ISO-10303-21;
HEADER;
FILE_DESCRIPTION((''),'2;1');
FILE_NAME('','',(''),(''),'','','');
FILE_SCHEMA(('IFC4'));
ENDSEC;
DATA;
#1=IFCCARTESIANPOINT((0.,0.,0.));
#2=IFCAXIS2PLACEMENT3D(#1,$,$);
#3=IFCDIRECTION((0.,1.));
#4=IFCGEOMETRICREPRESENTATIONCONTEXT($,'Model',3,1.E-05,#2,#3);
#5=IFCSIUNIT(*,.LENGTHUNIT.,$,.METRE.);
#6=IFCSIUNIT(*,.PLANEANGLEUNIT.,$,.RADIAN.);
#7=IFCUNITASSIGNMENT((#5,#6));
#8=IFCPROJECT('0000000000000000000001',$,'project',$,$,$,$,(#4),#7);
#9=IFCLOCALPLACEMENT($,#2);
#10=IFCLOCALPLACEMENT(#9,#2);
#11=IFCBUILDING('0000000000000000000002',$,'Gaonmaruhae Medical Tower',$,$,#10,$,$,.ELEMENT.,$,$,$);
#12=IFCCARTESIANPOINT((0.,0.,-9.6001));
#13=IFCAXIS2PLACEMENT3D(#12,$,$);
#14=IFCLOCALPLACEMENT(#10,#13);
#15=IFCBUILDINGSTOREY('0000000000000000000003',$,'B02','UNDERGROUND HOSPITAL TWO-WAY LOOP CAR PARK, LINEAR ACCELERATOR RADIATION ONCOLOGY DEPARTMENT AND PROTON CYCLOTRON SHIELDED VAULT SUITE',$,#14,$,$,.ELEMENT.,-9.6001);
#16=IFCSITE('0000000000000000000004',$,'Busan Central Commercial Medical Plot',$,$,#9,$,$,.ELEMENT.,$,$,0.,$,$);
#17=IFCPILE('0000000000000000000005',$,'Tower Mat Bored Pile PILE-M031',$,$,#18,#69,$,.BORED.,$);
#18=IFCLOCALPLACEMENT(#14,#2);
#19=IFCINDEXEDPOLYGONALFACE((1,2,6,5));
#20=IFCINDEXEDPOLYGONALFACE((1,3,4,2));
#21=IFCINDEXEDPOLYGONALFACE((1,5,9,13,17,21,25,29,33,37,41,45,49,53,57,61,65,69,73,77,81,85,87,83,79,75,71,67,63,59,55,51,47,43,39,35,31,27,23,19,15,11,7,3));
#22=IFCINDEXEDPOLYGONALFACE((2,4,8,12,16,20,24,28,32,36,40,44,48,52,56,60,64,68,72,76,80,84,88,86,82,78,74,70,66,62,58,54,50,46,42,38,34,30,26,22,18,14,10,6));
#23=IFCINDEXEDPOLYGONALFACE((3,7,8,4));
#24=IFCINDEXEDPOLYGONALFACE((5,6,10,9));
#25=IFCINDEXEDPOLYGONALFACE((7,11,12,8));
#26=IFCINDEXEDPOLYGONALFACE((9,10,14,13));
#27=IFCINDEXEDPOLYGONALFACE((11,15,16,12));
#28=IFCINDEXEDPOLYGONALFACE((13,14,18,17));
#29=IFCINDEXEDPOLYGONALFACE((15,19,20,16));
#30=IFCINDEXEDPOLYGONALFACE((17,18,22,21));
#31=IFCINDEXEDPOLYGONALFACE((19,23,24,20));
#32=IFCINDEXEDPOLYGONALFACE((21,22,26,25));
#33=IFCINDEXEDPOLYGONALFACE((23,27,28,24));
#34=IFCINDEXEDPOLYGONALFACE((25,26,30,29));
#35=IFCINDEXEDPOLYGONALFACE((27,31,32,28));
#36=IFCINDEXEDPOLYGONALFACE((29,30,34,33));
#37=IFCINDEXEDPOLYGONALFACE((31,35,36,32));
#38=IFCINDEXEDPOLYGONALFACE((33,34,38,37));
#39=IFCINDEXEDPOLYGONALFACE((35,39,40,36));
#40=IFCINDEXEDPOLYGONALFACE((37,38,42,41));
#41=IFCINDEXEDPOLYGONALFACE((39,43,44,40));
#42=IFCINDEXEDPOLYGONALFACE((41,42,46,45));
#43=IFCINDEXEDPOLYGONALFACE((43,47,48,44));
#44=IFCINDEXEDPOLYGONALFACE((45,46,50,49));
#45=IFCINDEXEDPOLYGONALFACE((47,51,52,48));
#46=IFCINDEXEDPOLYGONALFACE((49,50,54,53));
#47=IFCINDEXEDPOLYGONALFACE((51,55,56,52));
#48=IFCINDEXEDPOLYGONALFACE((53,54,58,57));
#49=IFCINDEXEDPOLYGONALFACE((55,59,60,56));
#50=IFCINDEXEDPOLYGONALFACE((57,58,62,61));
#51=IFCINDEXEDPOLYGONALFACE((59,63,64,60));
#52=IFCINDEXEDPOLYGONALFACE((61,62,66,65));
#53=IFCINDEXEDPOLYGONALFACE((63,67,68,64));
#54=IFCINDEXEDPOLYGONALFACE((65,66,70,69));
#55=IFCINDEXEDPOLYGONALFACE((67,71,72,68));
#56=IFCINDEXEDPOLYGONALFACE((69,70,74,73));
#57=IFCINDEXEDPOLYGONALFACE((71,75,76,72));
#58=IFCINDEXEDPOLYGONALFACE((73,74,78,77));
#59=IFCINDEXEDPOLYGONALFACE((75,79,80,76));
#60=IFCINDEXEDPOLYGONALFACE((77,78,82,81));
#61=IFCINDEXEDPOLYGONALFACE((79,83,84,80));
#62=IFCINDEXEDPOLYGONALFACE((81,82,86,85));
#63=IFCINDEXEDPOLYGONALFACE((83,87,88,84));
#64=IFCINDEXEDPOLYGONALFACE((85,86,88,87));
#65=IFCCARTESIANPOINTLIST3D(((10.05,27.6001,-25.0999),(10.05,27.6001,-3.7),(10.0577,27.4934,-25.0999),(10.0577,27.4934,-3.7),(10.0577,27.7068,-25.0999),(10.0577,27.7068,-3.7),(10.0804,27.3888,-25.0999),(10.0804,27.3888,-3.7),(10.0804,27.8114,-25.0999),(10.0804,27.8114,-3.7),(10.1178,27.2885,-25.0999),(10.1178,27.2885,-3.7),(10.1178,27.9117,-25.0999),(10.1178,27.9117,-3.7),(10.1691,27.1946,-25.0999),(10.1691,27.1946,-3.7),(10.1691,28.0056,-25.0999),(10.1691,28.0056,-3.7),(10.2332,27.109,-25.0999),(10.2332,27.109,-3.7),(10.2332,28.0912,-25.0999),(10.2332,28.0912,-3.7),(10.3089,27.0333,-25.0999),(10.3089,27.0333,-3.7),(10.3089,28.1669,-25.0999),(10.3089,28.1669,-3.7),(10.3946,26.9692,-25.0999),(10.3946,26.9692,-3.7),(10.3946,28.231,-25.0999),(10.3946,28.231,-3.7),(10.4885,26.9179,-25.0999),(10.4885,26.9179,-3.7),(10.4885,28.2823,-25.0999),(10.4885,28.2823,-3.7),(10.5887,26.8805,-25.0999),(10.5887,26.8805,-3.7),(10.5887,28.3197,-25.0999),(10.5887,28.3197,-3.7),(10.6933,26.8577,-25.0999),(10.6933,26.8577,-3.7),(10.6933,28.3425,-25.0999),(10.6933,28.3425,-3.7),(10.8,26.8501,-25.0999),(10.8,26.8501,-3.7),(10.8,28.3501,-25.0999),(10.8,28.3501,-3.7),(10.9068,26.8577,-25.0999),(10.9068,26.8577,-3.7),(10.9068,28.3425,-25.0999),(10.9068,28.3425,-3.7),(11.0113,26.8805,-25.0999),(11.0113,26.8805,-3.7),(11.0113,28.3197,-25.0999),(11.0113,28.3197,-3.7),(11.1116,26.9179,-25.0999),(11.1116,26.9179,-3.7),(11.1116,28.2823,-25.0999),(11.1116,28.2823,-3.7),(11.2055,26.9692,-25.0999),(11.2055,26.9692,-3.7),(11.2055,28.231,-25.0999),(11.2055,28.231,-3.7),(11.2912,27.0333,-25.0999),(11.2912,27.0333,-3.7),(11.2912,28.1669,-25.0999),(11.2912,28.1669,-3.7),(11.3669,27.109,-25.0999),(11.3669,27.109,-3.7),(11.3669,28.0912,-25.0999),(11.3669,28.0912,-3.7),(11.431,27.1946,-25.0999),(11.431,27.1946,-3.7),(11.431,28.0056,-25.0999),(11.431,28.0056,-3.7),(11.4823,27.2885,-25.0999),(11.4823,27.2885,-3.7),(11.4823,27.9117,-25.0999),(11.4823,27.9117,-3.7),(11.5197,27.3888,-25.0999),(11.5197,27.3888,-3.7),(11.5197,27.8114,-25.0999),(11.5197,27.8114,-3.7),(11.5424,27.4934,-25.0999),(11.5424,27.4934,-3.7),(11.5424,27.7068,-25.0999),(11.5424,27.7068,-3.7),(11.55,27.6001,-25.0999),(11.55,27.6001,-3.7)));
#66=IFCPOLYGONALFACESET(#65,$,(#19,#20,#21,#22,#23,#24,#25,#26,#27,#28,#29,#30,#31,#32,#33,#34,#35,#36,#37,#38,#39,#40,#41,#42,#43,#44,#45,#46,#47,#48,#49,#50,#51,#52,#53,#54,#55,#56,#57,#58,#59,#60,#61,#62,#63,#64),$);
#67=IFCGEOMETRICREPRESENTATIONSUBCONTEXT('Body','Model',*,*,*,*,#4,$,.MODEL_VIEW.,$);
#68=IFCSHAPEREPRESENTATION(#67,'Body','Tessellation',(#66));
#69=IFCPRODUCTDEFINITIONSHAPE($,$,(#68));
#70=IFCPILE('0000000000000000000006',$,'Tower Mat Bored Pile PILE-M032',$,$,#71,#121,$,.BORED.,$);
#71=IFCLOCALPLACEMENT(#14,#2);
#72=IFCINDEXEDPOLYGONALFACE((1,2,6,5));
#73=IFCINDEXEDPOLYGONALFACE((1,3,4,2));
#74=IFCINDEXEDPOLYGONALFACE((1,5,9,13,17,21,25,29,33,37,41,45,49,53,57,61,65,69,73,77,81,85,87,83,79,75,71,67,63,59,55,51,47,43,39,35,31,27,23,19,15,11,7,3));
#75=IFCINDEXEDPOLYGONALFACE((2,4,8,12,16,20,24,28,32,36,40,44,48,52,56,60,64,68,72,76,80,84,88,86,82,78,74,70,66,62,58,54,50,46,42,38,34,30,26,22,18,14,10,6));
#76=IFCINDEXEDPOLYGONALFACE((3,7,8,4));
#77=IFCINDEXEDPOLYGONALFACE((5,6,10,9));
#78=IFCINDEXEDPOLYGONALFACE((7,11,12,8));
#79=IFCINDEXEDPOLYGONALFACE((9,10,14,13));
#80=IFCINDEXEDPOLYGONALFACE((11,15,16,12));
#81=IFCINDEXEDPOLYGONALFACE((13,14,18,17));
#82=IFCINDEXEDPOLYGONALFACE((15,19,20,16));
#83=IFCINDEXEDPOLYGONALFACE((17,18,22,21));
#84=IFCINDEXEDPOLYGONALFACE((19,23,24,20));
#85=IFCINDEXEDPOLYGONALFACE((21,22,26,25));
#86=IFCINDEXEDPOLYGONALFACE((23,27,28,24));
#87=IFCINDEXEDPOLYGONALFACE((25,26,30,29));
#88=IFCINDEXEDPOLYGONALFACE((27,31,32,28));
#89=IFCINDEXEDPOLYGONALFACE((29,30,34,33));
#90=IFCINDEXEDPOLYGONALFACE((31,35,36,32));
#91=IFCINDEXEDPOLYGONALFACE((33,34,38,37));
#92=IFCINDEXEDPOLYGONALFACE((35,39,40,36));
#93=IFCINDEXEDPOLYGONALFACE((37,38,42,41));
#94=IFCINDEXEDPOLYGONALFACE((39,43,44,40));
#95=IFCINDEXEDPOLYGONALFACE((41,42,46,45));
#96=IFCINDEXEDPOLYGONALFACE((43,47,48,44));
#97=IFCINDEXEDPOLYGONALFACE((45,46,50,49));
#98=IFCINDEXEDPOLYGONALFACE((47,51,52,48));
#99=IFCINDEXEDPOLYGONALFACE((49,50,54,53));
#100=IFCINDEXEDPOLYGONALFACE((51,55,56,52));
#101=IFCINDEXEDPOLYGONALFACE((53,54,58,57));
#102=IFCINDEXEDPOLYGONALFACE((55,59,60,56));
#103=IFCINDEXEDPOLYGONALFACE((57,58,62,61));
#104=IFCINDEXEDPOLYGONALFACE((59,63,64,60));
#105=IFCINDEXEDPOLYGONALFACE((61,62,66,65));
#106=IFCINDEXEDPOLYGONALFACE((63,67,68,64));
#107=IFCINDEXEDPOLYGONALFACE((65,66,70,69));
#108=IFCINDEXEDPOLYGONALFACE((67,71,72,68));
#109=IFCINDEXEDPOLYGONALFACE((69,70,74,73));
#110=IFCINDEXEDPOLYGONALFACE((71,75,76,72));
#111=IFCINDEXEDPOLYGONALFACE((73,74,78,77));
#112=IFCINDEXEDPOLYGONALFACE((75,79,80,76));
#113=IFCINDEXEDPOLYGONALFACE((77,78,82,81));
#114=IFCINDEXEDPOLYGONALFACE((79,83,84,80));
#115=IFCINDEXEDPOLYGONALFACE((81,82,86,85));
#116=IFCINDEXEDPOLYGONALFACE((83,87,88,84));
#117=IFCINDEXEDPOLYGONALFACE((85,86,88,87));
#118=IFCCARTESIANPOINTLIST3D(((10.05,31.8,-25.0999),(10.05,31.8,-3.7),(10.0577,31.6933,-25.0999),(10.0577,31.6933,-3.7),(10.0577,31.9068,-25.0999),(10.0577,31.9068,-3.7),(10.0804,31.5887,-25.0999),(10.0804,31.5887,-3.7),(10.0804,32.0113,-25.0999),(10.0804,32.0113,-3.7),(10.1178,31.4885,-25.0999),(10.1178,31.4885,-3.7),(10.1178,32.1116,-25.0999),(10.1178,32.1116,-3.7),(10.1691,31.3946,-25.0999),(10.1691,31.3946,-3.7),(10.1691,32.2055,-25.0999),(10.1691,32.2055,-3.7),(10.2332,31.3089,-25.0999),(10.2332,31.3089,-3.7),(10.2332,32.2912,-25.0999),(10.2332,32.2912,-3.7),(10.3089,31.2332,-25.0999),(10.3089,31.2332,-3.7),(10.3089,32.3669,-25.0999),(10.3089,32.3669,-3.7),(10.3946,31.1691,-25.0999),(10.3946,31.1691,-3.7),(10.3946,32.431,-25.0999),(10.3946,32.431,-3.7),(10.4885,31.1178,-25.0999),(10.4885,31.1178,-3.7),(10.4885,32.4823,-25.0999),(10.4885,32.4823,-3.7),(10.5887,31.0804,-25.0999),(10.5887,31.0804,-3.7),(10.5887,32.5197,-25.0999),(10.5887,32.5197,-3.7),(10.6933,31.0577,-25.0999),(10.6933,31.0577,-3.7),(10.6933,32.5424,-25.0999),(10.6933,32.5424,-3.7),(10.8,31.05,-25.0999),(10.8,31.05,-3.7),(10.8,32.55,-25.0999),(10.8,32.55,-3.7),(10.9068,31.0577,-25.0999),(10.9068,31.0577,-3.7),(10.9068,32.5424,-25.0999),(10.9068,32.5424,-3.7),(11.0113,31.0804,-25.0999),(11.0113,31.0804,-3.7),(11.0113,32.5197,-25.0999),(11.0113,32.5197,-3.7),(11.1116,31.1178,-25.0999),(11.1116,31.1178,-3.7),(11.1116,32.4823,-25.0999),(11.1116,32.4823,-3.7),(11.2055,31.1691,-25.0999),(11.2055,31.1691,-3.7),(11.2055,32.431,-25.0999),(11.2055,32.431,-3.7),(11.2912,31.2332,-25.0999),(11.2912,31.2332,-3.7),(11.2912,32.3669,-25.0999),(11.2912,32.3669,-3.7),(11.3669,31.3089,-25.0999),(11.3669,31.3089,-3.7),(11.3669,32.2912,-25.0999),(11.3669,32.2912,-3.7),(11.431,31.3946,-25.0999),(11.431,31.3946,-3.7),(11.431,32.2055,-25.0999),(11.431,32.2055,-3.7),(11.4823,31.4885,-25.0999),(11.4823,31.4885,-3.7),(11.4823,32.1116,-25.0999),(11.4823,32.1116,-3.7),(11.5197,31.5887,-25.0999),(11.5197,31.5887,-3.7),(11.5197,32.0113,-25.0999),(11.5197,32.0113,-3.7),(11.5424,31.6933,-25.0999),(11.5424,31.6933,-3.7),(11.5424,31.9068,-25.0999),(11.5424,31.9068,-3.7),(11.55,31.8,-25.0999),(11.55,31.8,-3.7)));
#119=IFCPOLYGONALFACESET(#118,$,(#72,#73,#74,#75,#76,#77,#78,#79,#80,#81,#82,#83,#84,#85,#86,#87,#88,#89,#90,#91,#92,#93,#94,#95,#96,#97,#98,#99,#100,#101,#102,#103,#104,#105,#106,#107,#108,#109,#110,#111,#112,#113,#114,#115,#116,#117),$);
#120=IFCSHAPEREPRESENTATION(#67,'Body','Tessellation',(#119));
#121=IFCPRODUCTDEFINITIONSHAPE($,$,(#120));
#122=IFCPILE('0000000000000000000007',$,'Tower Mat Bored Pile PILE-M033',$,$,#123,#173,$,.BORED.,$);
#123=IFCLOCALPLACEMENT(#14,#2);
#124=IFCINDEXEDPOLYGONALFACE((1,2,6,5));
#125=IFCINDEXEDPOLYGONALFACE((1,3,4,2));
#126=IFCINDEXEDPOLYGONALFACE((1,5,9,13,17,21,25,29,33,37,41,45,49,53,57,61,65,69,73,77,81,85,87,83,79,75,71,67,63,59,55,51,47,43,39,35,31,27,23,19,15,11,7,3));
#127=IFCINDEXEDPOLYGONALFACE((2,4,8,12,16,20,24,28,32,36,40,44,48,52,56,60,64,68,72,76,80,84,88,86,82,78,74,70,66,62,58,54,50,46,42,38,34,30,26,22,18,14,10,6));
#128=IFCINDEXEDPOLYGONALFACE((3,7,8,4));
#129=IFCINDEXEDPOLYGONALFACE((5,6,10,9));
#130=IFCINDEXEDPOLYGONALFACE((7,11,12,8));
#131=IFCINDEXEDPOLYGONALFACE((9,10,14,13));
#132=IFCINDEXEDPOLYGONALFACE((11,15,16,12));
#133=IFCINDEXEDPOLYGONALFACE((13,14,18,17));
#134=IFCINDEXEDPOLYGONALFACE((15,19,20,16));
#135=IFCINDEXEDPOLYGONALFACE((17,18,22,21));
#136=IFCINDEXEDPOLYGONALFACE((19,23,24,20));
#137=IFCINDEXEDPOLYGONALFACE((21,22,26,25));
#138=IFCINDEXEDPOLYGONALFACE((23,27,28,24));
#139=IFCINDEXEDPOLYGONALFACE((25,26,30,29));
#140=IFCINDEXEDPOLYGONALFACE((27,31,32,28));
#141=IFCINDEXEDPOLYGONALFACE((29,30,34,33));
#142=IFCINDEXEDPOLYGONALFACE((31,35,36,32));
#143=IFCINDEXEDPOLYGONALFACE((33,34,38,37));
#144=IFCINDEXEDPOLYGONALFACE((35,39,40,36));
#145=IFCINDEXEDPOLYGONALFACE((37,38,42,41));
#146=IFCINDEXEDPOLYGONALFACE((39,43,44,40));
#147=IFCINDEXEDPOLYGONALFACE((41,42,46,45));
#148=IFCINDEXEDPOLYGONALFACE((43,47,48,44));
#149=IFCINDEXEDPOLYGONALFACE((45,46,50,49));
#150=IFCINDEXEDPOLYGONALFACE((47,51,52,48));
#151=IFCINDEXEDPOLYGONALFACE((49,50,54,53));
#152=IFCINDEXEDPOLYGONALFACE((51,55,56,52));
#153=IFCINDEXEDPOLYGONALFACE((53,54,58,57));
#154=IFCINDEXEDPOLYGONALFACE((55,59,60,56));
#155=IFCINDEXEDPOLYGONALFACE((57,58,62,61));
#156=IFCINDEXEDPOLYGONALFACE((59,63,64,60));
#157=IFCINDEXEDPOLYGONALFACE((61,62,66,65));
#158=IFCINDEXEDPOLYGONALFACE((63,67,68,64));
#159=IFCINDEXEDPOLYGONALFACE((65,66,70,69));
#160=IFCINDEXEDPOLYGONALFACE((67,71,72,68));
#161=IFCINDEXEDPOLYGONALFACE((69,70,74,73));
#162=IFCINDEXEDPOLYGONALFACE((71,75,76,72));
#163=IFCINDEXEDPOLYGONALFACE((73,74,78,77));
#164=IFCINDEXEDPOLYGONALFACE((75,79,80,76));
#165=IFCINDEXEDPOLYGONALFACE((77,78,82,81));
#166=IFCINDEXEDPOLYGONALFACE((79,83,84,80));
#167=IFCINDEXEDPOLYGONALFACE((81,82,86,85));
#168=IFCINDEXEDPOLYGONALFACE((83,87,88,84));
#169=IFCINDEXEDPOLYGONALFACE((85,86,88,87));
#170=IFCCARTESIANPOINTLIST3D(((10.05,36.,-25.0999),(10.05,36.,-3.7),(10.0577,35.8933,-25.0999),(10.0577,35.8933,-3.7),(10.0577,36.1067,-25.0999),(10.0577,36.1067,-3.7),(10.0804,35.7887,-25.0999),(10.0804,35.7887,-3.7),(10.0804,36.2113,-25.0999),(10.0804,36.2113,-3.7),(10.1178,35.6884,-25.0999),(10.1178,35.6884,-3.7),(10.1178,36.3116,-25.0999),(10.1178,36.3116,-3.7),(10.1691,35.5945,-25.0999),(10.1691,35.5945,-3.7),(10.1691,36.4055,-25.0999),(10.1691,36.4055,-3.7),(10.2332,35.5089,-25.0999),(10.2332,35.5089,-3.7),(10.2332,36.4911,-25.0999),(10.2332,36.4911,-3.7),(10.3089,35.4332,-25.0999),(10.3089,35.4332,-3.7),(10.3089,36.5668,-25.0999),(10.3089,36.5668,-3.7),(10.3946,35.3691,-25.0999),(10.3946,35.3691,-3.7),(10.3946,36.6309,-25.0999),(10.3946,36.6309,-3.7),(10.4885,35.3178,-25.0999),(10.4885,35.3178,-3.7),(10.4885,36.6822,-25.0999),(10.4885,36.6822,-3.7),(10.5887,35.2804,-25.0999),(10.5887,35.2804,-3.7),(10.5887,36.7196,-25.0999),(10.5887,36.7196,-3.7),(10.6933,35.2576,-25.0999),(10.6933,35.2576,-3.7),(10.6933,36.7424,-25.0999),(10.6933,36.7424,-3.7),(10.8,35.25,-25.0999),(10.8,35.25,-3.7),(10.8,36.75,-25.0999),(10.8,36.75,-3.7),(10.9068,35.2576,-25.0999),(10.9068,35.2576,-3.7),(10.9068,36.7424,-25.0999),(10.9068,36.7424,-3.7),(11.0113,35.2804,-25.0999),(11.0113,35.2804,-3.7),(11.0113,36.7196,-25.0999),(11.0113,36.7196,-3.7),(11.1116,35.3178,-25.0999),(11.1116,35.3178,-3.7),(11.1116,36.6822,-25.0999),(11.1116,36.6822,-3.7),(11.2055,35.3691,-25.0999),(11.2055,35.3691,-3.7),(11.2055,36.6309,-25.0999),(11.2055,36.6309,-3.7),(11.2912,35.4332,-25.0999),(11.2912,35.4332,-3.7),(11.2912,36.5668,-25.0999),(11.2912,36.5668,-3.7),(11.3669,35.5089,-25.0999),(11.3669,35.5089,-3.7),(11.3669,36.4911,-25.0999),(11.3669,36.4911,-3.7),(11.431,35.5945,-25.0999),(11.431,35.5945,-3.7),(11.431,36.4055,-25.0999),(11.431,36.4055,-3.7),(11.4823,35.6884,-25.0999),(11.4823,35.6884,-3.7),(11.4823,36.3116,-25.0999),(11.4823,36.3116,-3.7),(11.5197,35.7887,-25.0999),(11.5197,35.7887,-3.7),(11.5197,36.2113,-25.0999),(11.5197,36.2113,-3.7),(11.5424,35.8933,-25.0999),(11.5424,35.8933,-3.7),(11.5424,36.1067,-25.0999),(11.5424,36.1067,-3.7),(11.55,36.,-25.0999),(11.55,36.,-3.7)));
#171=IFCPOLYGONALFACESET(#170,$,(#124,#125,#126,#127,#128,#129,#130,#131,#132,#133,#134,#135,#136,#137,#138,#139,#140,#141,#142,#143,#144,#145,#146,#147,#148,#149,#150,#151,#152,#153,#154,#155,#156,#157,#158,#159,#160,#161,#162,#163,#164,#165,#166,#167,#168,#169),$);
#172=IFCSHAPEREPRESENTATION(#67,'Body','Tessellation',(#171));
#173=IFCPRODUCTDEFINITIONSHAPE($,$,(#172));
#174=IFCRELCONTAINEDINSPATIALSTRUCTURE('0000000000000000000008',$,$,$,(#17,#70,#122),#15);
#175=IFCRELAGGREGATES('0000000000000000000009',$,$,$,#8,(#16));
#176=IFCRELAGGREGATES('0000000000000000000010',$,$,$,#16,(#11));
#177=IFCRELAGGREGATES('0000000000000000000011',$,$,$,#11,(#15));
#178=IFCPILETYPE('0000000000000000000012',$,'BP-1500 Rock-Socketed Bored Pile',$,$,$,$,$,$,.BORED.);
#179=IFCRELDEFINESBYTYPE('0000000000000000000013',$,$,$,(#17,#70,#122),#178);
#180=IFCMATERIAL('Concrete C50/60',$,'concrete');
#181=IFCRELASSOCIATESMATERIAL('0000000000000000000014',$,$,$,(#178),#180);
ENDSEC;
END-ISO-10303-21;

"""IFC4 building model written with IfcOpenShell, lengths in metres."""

from ifc_helpers import new_model, si_unit, direction, frame, origin, origin_2d, place, context, subcontext, project, spatial, circle, extrude, material, material_profile, profile_set, type_object, element, save


model = new_model("IFC4")

# Units and contexts
model_context = context("Model", 3, precision=1e-05, world=origin(), true_north=direction((0.0, 1.0)))
body_context = subcontext(model_context, "Body", "Model", "MODEL_VIEW")
ifc_project = project(units=[si_unit("LENGTHUNIT", "METRE"), si_unit("PLANEANGLEUNIT", "RADIAN")], contexts=[model_context])

# Site, building, storey
site_placement = place(None, origin())
site = spatial("IfcSite", under=ifc_project, at=site_placement, Name="Busan Central Commercial Medical Plot", CompositionType="ELEMENT", RefElevation=0.0)
building_placement = place(site_placement, origin())
building = spatial("IfcBuilding", under=site, at=building_placement, Name="Gaonmaruhae Medical Tower", CompositionType="ELEMENT")
storey_placement = place(building_placement, frame((0.0, 0.0, -9.6001)))
storey = spatial("IfcBuildingStorey", under=building, at=storey_placement, Name="B02", Description="UNDERGROUND HOSPITAL TWO-WAY LOOP CAR PARK, LINEAR ACCELERATOR RADIATION ONCOLOGY DEPARTMENT AND PROTON CYCLOTRON SHIELDED VAULT SUITE", CompositionType="ELEMENT", Elevation=-9.6001)

# Piles
ifc_material_1 = material(Name="Concrete C50/60", Category="concrete")
ifc_material_profile_1 = material_profile(ifc_material_1, circle(Radius=0.75, at=origin_2d()), Name="PILE-D1500")
ifc_profile_set_1 = profile_set([ifc_material_profile_1], Name="Concrete C50/60")
pile_type = type_object("IfcPileType", Name="BP-1500 Rock-Socketed Bored Pile", PredefinedType="BORED", material=ifc_profile_set_1)
for number, where, z_axis, x_axis, name in (
    (1, (10.8, 27.6001, -3.7), (0.0, 0.0, -1.0), (1.0, 0.0, 0.0), "Tower Mat Bored Pile PILE-M031"),
    (2, (10.8, 31.8, -3.7), (0.0, 0.0, -1.0), (1.0, 0.0, 0.0), "Tower Mat Bored Pile PILE-M032"),
    (3, (10.8, 36.0, -3.7), (0.0, 0.0, -1.0), (1.0, 0.0, 0.0), "Tower Mat Bored Pile PILE-M033"),
):
    element("IfcPile", number, at=place(storey_placement, frame(where, z_axis=z_axis, x_axis=x_axis)), inside=storey, type_object=pile_type, Name=name, PredefinedType="BORED", context=body_context, shape_type="SweptSolid", body=[
        extrude(circle(Radius=0.75, at=origin_2d()), origin(), (0.0, 0.0, 1.0), 21.3999),
    ])

save(model, "model.ifc")
